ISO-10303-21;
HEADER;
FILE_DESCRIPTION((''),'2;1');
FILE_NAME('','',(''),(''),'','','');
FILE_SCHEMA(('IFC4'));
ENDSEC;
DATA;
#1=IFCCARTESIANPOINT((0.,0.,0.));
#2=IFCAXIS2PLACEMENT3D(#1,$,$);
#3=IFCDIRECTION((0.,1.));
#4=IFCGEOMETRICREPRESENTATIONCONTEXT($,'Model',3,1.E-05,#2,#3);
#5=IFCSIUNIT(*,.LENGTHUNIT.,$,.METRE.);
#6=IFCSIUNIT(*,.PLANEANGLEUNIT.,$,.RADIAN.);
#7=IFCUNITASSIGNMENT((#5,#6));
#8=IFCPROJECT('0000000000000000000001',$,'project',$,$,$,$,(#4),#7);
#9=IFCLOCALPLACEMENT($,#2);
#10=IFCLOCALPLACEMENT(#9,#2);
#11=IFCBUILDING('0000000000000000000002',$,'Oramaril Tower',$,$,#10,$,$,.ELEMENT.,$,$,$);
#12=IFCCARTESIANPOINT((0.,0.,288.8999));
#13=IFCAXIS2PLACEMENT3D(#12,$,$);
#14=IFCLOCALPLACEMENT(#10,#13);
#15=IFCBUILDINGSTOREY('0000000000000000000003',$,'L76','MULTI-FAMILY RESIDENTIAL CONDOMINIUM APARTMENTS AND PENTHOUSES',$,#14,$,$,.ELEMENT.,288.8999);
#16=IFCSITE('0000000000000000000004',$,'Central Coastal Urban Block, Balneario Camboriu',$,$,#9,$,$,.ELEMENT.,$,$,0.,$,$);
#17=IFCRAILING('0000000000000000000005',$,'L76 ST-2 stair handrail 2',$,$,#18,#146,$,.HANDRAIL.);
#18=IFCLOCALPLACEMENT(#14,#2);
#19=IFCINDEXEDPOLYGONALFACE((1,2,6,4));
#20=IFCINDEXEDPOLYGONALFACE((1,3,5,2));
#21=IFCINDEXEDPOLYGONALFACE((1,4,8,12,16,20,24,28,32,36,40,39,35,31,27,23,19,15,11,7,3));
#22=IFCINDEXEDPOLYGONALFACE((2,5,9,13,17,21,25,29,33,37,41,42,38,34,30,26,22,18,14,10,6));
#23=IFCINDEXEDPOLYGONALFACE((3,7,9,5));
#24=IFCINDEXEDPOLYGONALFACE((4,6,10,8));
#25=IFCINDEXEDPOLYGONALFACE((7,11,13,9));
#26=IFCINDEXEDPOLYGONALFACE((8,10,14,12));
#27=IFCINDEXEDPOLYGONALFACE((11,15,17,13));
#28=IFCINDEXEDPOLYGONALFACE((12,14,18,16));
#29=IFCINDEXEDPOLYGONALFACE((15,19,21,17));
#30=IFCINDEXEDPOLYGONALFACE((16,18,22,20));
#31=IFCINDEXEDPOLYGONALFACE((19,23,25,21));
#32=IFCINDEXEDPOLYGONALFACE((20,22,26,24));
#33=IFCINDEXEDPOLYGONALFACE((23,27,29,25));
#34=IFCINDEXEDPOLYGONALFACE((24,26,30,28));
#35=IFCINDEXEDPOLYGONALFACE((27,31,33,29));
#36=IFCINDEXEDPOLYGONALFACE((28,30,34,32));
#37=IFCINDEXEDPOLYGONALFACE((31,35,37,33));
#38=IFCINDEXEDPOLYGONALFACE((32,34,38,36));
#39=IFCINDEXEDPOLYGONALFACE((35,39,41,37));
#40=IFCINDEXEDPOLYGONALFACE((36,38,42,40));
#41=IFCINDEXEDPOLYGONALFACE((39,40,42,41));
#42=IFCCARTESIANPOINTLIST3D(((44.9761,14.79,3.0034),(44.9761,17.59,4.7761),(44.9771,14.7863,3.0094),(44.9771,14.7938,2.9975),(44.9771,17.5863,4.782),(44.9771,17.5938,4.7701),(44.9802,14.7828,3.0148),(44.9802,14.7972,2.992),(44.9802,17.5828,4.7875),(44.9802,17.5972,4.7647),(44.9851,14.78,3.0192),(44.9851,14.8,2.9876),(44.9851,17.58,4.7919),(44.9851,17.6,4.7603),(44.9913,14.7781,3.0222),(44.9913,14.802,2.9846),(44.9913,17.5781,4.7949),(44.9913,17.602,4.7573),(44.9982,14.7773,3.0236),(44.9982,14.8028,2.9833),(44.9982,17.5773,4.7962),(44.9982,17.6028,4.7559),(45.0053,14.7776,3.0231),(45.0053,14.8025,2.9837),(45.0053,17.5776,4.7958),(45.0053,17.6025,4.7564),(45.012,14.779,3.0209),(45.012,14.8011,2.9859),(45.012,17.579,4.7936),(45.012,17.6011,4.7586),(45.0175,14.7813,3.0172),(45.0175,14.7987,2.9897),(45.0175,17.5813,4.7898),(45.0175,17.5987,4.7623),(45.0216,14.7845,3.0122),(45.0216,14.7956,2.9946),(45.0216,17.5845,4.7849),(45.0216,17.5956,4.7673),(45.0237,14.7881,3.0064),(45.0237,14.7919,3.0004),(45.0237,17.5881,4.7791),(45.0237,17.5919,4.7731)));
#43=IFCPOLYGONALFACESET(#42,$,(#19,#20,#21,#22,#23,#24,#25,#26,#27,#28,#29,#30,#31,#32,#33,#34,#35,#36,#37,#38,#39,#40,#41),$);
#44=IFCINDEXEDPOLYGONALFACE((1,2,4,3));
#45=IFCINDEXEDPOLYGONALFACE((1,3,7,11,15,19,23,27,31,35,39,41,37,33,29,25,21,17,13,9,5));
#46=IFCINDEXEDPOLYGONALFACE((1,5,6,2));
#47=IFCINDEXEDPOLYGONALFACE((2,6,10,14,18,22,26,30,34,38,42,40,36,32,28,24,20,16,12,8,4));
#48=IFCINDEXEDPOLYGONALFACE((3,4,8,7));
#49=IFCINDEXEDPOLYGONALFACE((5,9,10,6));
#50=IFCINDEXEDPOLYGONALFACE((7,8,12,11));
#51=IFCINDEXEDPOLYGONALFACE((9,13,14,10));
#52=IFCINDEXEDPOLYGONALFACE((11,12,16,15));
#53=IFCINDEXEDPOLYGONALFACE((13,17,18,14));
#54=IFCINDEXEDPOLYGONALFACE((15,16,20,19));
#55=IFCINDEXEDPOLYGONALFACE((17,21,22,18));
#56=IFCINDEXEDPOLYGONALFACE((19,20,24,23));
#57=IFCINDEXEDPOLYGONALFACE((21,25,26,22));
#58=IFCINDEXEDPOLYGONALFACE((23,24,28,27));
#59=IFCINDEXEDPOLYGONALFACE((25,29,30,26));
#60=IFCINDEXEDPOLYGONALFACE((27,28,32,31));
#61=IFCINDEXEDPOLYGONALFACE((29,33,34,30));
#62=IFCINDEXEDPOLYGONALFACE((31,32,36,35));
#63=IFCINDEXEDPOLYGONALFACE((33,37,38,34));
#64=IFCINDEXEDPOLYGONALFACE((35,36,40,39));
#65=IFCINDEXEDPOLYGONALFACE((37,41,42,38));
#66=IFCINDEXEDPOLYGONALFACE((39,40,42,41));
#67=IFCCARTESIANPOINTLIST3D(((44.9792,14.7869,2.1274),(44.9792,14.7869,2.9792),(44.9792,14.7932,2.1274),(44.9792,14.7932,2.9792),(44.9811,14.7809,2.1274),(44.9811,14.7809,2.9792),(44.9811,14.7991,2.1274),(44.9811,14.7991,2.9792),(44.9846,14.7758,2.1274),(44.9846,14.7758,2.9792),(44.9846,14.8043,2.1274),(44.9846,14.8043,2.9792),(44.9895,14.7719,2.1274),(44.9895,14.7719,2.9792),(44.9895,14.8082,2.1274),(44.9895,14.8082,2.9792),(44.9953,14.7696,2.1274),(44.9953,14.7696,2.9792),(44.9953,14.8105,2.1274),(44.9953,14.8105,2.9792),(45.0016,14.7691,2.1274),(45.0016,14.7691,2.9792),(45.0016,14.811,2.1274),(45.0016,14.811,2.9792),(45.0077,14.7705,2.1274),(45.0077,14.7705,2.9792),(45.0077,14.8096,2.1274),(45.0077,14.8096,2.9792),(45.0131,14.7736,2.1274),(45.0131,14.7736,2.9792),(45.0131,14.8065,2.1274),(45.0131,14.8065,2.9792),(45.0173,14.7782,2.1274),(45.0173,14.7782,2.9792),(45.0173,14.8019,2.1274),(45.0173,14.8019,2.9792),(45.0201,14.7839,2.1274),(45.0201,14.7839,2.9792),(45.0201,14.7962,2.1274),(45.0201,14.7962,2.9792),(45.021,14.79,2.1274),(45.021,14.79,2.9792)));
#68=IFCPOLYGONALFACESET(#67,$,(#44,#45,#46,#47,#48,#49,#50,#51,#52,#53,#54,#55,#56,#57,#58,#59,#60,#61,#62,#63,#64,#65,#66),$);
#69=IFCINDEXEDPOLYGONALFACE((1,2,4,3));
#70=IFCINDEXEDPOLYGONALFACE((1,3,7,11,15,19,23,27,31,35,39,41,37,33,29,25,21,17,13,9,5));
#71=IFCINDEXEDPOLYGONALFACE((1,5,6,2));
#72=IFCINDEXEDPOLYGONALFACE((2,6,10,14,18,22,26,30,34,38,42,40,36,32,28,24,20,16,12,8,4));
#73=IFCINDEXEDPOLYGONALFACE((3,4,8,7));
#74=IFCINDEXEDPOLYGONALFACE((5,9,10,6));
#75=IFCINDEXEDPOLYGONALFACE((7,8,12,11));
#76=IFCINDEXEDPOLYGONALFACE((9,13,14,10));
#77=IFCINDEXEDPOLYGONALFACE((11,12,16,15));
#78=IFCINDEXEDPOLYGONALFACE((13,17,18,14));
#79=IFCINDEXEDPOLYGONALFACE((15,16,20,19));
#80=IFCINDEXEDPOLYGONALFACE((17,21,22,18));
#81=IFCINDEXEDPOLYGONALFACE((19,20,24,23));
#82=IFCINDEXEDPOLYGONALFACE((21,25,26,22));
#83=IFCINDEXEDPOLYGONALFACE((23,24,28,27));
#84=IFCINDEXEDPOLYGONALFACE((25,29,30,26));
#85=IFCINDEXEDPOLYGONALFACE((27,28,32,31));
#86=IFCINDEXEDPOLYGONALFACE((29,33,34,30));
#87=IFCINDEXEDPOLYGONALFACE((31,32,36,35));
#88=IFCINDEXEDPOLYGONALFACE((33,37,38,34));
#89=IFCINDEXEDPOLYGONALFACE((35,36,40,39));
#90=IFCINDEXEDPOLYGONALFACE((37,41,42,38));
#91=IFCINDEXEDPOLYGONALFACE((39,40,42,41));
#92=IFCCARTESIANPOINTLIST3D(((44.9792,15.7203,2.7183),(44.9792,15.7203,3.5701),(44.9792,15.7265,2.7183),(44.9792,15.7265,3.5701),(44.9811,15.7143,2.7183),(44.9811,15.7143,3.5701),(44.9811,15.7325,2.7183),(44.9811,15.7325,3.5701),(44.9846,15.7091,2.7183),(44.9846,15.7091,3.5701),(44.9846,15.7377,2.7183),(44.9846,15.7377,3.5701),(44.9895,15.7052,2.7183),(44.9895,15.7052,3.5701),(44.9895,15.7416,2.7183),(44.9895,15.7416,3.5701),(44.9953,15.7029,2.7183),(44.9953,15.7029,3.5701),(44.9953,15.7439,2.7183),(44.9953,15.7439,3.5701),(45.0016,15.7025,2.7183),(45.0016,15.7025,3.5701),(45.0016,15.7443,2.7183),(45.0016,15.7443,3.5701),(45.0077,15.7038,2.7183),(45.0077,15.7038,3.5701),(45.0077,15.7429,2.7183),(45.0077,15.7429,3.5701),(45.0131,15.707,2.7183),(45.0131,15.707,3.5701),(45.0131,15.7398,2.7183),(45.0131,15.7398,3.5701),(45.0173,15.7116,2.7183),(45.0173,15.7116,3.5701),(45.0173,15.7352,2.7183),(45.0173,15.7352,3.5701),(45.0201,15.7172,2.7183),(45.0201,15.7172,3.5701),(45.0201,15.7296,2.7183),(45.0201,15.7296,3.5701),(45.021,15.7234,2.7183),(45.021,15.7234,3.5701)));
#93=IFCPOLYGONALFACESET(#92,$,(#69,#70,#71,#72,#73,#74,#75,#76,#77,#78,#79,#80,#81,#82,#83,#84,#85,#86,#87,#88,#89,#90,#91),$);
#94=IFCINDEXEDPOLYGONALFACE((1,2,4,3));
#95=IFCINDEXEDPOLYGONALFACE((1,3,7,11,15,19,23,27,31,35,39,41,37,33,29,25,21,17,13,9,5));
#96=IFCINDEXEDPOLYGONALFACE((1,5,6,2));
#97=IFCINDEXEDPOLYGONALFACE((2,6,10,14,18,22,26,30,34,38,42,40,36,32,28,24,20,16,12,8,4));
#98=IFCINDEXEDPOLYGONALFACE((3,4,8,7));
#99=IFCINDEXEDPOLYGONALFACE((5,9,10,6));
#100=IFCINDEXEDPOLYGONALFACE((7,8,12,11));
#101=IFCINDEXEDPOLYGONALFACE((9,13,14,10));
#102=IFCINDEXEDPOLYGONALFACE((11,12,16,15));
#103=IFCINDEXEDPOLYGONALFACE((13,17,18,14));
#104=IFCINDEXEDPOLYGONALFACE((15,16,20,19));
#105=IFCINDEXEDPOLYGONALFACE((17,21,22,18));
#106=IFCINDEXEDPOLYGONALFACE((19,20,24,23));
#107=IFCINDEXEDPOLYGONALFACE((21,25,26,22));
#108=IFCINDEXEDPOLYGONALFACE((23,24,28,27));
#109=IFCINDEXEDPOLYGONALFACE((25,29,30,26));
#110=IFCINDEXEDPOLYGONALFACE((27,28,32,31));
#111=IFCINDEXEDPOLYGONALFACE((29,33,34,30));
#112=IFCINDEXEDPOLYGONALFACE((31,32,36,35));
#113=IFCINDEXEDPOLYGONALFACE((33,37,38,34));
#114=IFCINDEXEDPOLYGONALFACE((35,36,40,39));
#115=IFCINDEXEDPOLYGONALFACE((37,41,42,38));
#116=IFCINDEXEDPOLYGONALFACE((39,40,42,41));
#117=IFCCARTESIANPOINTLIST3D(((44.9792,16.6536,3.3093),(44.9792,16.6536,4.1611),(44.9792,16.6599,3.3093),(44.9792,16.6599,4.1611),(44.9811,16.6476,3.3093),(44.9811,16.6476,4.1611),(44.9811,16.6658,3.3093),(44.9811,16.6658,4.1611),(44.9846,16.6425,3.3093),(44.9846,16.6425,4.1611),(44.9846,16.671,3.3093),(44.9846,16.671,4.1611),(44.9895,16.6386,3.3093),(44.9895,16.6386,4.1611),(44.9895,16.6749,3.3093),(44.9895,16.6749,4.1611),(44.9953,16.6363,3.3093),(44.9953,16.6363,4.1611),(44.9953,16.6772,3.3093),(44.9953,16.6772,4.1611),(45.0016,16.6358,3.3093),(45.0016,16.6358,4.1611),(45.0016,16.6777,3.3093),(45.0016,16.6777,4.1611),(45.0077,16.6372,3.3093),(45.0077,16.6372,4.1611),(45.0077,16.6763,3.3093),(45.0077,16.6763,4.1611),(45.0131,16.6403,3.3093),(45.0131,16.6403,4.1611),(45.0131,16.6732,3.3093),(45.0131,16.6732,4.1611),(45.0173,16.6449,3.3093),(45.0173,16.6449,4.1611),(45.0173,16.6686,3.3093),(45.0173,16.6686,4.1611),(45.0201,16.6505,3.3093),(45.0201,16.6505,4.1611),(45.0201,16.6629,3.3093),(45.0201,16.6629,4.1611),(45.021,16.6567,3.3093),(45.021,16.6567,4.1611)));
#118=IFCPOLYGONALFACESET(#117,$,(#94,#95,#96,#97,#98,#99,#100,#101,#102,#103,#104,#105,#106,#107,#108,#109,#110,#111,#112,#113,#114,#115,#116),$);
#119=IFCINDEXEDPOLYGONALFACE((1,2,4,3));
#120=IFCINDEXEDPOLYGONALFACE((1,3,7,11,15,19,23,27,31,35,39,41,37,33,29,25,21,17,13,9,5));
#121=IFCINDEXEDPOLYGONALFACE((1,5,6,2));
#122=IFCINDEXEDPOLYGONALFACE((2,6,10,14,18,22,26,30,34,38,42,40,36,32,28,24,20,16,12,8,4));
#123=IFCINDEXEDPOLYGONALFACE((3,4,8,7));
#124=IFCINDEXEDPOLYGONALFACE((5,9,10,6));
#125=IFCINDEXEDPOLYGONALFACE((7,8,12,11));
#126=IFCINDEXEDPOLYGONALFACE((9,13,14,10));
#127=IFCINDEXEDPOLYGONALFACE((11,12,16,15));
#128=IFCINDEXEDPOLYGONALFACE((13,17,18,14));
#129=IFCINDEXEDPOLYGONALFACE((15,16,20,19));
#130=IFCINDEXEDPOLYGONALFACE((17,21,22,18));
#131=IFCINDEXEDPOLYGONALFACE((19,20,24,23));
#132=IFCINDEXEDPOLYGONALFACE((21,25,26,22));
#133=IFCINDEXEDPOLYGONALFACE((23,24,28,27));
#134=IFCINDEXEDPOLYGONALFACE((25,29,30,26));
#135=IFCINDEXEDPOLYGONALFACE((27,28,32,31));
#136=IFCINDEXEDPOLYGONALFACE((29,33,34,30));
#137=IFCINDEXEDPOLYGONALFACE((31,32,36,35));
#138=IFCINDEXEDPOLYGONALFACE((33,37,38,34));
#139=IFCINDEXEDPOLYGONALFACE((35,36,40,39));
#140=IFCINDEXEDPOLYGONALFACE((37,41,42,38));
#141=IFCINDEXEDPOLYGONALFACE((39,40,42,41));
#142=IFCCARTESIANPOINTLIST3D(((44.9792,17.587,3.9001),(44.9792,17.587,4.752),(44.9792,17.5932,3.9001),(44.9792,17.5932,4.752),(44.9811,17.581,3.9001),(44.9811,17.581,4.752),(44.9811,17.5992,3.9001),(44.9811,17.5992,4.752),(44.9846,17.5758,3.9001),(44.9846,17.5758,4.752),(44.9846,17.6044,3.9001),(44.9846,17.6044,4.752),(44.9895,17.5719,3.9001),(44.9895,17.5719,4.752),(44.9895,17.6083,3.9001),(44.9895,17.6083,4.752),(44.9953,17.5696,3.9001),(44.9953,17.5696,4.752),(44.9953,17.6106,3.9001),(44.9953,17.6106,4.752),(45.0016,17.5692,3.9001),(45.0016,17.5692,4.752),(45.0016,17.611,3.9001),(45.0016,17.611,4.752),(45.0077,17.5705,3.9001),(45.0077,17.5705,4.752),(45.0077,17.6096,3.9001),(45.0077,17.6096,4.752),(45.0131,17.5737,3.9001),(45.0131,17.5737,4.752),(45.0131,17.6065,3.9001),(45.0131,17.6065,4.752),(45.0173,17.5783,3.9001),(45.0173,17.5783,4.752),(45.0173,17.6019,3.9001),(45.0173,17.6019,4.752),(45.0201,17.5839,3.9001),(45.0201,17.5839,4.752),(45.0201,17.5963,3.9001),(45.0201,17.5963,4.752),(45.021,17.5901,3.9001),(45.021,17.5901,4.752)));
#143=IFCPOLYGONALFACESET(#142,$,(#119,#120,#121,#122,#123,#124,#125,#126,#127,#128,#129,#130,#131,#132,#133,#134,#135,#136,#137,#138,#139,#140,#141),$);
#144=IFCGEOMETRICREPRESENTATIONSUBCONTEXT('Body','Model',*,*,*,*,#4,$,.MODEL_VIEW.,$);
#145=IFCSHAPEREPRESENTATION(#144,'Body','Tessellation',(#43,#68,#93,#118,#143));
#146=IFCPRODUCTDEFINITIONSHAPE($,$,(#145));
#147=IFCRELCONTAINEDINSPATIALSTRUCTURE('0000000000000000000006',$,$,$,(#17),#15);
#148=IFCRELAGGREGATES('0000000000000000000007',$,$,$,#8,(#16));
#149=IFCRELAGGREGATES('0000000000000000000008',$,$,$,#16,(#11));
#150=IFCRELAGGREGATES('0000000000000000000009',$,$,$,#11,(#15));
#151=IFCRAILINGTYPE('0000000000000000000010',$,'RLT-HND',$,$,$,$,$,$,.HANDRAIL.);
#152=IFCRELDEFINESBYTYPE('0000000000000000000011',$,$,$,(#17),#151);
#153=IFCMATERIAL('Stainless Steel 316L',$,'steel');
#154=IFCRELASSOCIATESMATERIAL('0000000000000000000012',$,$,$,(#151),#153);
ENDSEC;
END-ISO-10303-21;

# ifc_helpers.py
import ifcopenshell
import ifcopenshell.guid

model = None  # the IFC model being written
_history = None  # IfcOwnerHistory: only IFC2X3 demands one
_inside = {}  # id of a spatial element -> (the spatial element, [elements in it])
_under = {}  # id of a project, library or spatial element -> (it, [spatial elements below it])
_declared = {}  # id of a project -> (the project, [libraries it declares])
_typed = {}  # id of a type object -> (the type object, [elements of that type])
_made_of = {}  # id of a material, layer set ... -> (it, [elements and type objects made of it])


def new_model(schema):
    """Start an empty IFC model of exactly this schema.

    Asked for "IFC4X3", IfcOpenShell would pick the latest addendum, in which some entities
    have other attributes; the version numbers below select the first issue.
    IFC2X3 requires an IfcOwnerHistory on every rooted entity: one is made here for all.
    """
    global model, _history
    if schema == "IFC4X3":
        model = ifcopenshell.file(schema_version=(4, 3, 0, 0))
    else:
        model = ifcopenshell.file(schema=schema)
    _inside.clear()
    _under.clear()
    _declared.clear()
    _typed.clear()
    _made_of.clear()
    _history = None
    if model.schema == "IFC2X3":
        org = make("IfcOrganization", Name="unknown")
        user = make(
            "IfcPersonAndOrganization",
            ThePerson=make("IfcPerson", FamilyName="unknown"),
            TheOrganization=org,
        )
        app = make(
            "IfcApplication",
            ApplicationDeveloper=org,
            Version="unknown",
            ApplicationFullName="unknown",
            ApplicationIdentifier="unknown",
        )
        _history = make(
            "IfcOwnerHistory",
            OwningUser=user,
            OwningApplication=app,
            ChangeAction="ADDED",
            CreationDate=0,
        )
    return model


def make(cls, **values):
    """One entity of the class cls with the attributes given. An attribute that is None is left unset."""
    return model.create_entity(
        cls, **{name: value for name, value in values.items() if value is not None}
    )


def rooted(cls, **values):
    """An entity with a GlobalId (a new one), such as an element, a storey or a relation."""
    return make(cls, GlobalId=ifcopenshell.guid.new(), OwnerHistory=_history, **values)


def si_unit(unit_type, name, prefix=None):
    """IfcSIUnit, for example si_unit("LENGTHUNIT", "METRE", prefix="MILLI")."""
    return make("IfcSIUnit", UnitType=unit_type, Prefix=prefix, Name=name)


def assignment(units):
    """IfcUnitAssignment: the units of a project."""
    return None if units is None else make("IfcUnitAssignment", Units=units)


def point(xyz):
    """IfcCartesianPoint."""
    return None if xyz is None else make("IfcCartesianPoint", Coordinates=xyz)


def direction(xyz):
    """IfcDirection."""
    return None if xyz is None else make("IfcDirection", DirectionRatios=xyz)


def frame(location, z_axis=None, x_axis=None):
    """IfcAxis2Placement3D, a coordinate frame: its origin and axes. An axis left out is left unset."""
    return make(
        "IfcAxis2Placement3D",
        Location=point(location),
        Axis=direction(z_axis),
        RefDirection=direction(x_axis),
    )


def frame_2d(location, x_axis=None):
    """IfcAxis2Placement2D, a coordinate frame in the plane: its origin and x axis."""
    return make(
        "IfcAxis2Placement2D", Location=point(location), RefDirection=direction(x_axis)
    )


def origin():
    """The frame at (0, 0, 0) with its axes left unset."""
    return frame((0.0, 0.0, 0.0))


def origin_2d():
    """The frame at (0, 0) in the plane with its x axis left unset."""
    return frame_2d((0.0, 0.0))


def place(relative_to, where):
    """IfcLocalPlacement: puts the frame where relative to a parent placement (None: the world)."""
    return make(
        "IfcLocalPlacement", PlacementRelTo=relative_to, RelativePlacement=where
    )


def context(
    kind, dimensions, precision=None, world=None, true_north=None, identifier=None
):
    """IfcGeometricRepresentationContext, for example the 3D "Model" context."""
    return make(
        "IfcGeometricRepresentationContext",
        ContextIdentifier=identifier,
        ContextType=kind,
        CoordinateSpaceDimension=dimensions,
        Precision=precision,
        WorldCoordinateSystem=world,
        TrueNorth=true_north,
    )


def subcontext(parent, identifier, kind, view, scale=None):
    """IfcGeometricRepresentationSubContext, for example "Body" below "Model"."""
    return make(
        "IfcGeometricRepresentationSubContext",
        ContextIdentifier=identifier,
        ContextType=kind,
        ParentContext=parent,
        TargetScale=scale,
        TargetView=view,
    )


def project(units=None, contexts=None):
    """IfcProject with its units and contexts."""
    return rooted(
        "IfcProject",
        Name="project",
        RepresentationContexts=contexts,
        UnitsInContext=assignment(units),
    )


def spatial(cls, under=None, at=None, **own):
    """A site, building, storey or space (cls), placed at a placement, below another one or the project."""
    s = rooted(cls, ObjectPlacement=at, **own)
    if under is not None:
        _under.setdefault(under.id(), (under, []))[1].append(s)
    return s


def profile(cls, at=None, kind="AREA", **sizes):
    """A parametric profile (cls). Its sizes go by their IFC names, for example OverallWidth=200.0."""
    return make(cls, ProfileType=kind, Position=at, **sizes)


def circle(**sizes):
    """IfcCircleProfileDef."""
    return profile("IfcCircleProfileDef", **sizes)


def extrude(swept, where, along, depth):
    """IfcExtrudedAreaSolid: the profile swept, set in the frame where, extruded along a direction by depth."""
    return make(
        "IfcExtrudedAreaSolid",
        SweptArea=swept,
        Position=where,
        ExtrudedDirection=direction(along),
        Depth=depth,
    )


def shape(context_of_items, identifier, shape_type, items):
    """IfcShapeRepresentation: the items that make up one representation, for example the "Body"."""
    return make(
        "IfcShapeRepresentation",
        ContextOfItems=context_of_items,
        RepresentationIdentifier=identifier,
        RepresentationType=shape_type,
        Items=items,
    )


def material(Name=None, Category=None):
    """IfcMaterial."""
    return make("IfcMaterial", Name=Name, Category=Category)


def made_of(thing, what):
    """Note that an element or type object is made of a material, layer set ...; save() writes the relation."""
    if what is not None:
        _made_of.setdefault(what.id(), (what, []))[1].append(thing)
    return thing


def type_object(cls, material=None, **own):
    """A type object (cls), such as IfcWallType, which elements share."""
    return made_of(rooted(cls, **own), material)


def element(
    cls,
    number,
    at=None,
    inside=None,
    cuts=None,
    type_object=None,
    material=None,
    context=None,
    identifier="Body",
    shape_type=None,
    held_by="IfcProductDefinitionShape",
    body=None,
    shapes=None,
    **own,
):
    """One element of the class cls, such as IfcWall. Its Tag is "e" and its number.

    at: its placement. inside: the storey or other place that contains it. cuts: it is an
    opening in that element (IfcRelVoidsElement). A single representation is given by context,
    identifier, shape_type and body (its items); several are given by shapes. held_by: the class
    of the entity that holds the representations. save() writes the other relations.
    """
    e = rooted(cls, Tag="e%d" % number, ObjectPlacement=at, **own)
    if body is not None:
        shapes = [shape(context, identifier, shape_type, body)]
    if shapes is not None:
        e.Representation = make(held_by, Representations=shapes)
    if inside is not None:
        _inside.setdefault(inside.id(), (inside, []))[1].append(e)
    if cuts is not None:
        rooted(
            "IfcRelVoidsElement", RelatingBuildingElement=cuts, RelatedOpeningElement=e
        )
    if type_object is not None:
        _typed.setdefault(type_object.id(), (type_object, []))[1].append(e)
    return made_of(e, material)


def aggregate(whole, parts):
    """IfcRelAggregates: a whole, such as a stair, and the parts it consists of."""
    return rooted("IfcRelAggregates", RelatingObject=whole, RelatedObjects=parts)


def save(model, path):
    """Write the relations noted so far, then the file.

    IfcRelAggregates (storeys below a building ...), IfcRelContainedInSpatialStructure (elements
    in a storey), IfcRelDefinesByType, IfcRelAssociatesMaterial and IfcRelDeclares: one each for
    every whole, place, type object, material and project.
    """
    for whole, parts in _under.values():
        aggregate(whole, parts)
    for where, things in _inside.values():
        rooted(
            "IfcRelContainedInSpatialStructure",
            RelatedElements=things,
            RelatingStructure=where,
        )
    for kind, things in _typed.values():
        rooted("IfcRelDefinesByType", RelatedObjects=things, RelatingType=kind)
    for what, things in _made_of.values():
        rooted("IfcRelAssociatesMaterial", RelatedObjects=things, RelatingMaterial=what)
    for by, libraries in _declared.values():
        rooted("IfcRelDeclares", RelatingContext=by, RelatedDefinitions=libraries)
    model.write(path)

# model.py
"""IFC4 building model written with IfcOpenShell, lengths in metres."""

from ifc_helpers import new_model, si_unit, direction, frame, origin, origin_2d, place, context, subcontext, project, spatial, circle, extrude, material, type_object, element, save


model = new_model("IFC4")

# Units and contexts
model_context = context("Model", 3, precision=1e-05, world=origin(), true_north=direction((0.0, 1.0)))
body_context = subcontext(model_context, "Body", "Model", "MODEL_VIEW")
ifc_project = project(units=[si_unit("LENGTHUNIT", "METRE"), si_unit("PLANEANGLEUNIT", "RADIAN")], contexts=[model_context])

# Site, building, storey
site_placement = place(None, origin())
site = spatial("IfcSite", under=ifc_project, at=site_placement, Name="Central Coastal Urban Block, Balneario Camboriu", CompositionType="ELEMENT", RefElevation=0.0)
building_placement = place(site_placement, origin())
building = spatial("IfcBuilding", under=site, at=building_placement, Name="Oramaril Tower", CompositionType="ELEMENT")
storey_placement = place(building_placement, frame((0.0, 0.0, 288.8999)))
storey = spatial("IfcBuildingStorey", under=building, at=storey_placement, Name="L76", Description="MULTI-FAMILY RESIDENTIAL CONDOMINIUM APARTMENTS AND PENTHOUSES", CompositionType="ELEMENT", Elevation=288.8999)

# Railing
ifc_material_1 = material(Name="Stainless Steel 316L", Category="steel")
railing_type_1 = type_object("IfcRailingType", Name="RLT-HND", PredefinedType="HANDRAIL", material=ifc_material_1)
railing_1_placement = place(storey_placement, frame((45.0, 14.79, 2.1274)))
element("IfcRailing", 1, at=railing_1_placement, inside=storey, type_object=railing_type_1, Name="L76 ST-2 stair handrail 2", PredefinedType="HANDRAIL", context=body_context, shape_type="SweptSolid", body=[
    extrude(circle(Radius=0.0239, at=origin_2d()), frame((0.0, 0.0, 0.876), z_axis=(0.0, 0.844909, 0.53491), x_axis=(-1.0, 0.0, 0.0)), (0.0, 0.0, 1.0), 3.314),
    extrude(circle(Radius=0.021, at=origin_2d()), origin(), (0.0, 0.0, 1.0), 0.8518),
    extrude(circle(Radius=0.021, at=origin_2d()), frame((0.0, 0.9333, 0.5908)), (0.0, 0.0, 1.0), 0.8518),
    extrude(circle(Radius=0.021, at=origin_2d()), frame((0.0, 1.8667, 1.1819)), (0.0, 0.0, 1.0), 0.8518),
    extrude(circle(Radius=0.021, at=origin_2d()), frame((0.0, 2.8, 1.7727)), (0.0, 0.0, 1.0), 0.8518),
])

save(model, "model.ifc")
